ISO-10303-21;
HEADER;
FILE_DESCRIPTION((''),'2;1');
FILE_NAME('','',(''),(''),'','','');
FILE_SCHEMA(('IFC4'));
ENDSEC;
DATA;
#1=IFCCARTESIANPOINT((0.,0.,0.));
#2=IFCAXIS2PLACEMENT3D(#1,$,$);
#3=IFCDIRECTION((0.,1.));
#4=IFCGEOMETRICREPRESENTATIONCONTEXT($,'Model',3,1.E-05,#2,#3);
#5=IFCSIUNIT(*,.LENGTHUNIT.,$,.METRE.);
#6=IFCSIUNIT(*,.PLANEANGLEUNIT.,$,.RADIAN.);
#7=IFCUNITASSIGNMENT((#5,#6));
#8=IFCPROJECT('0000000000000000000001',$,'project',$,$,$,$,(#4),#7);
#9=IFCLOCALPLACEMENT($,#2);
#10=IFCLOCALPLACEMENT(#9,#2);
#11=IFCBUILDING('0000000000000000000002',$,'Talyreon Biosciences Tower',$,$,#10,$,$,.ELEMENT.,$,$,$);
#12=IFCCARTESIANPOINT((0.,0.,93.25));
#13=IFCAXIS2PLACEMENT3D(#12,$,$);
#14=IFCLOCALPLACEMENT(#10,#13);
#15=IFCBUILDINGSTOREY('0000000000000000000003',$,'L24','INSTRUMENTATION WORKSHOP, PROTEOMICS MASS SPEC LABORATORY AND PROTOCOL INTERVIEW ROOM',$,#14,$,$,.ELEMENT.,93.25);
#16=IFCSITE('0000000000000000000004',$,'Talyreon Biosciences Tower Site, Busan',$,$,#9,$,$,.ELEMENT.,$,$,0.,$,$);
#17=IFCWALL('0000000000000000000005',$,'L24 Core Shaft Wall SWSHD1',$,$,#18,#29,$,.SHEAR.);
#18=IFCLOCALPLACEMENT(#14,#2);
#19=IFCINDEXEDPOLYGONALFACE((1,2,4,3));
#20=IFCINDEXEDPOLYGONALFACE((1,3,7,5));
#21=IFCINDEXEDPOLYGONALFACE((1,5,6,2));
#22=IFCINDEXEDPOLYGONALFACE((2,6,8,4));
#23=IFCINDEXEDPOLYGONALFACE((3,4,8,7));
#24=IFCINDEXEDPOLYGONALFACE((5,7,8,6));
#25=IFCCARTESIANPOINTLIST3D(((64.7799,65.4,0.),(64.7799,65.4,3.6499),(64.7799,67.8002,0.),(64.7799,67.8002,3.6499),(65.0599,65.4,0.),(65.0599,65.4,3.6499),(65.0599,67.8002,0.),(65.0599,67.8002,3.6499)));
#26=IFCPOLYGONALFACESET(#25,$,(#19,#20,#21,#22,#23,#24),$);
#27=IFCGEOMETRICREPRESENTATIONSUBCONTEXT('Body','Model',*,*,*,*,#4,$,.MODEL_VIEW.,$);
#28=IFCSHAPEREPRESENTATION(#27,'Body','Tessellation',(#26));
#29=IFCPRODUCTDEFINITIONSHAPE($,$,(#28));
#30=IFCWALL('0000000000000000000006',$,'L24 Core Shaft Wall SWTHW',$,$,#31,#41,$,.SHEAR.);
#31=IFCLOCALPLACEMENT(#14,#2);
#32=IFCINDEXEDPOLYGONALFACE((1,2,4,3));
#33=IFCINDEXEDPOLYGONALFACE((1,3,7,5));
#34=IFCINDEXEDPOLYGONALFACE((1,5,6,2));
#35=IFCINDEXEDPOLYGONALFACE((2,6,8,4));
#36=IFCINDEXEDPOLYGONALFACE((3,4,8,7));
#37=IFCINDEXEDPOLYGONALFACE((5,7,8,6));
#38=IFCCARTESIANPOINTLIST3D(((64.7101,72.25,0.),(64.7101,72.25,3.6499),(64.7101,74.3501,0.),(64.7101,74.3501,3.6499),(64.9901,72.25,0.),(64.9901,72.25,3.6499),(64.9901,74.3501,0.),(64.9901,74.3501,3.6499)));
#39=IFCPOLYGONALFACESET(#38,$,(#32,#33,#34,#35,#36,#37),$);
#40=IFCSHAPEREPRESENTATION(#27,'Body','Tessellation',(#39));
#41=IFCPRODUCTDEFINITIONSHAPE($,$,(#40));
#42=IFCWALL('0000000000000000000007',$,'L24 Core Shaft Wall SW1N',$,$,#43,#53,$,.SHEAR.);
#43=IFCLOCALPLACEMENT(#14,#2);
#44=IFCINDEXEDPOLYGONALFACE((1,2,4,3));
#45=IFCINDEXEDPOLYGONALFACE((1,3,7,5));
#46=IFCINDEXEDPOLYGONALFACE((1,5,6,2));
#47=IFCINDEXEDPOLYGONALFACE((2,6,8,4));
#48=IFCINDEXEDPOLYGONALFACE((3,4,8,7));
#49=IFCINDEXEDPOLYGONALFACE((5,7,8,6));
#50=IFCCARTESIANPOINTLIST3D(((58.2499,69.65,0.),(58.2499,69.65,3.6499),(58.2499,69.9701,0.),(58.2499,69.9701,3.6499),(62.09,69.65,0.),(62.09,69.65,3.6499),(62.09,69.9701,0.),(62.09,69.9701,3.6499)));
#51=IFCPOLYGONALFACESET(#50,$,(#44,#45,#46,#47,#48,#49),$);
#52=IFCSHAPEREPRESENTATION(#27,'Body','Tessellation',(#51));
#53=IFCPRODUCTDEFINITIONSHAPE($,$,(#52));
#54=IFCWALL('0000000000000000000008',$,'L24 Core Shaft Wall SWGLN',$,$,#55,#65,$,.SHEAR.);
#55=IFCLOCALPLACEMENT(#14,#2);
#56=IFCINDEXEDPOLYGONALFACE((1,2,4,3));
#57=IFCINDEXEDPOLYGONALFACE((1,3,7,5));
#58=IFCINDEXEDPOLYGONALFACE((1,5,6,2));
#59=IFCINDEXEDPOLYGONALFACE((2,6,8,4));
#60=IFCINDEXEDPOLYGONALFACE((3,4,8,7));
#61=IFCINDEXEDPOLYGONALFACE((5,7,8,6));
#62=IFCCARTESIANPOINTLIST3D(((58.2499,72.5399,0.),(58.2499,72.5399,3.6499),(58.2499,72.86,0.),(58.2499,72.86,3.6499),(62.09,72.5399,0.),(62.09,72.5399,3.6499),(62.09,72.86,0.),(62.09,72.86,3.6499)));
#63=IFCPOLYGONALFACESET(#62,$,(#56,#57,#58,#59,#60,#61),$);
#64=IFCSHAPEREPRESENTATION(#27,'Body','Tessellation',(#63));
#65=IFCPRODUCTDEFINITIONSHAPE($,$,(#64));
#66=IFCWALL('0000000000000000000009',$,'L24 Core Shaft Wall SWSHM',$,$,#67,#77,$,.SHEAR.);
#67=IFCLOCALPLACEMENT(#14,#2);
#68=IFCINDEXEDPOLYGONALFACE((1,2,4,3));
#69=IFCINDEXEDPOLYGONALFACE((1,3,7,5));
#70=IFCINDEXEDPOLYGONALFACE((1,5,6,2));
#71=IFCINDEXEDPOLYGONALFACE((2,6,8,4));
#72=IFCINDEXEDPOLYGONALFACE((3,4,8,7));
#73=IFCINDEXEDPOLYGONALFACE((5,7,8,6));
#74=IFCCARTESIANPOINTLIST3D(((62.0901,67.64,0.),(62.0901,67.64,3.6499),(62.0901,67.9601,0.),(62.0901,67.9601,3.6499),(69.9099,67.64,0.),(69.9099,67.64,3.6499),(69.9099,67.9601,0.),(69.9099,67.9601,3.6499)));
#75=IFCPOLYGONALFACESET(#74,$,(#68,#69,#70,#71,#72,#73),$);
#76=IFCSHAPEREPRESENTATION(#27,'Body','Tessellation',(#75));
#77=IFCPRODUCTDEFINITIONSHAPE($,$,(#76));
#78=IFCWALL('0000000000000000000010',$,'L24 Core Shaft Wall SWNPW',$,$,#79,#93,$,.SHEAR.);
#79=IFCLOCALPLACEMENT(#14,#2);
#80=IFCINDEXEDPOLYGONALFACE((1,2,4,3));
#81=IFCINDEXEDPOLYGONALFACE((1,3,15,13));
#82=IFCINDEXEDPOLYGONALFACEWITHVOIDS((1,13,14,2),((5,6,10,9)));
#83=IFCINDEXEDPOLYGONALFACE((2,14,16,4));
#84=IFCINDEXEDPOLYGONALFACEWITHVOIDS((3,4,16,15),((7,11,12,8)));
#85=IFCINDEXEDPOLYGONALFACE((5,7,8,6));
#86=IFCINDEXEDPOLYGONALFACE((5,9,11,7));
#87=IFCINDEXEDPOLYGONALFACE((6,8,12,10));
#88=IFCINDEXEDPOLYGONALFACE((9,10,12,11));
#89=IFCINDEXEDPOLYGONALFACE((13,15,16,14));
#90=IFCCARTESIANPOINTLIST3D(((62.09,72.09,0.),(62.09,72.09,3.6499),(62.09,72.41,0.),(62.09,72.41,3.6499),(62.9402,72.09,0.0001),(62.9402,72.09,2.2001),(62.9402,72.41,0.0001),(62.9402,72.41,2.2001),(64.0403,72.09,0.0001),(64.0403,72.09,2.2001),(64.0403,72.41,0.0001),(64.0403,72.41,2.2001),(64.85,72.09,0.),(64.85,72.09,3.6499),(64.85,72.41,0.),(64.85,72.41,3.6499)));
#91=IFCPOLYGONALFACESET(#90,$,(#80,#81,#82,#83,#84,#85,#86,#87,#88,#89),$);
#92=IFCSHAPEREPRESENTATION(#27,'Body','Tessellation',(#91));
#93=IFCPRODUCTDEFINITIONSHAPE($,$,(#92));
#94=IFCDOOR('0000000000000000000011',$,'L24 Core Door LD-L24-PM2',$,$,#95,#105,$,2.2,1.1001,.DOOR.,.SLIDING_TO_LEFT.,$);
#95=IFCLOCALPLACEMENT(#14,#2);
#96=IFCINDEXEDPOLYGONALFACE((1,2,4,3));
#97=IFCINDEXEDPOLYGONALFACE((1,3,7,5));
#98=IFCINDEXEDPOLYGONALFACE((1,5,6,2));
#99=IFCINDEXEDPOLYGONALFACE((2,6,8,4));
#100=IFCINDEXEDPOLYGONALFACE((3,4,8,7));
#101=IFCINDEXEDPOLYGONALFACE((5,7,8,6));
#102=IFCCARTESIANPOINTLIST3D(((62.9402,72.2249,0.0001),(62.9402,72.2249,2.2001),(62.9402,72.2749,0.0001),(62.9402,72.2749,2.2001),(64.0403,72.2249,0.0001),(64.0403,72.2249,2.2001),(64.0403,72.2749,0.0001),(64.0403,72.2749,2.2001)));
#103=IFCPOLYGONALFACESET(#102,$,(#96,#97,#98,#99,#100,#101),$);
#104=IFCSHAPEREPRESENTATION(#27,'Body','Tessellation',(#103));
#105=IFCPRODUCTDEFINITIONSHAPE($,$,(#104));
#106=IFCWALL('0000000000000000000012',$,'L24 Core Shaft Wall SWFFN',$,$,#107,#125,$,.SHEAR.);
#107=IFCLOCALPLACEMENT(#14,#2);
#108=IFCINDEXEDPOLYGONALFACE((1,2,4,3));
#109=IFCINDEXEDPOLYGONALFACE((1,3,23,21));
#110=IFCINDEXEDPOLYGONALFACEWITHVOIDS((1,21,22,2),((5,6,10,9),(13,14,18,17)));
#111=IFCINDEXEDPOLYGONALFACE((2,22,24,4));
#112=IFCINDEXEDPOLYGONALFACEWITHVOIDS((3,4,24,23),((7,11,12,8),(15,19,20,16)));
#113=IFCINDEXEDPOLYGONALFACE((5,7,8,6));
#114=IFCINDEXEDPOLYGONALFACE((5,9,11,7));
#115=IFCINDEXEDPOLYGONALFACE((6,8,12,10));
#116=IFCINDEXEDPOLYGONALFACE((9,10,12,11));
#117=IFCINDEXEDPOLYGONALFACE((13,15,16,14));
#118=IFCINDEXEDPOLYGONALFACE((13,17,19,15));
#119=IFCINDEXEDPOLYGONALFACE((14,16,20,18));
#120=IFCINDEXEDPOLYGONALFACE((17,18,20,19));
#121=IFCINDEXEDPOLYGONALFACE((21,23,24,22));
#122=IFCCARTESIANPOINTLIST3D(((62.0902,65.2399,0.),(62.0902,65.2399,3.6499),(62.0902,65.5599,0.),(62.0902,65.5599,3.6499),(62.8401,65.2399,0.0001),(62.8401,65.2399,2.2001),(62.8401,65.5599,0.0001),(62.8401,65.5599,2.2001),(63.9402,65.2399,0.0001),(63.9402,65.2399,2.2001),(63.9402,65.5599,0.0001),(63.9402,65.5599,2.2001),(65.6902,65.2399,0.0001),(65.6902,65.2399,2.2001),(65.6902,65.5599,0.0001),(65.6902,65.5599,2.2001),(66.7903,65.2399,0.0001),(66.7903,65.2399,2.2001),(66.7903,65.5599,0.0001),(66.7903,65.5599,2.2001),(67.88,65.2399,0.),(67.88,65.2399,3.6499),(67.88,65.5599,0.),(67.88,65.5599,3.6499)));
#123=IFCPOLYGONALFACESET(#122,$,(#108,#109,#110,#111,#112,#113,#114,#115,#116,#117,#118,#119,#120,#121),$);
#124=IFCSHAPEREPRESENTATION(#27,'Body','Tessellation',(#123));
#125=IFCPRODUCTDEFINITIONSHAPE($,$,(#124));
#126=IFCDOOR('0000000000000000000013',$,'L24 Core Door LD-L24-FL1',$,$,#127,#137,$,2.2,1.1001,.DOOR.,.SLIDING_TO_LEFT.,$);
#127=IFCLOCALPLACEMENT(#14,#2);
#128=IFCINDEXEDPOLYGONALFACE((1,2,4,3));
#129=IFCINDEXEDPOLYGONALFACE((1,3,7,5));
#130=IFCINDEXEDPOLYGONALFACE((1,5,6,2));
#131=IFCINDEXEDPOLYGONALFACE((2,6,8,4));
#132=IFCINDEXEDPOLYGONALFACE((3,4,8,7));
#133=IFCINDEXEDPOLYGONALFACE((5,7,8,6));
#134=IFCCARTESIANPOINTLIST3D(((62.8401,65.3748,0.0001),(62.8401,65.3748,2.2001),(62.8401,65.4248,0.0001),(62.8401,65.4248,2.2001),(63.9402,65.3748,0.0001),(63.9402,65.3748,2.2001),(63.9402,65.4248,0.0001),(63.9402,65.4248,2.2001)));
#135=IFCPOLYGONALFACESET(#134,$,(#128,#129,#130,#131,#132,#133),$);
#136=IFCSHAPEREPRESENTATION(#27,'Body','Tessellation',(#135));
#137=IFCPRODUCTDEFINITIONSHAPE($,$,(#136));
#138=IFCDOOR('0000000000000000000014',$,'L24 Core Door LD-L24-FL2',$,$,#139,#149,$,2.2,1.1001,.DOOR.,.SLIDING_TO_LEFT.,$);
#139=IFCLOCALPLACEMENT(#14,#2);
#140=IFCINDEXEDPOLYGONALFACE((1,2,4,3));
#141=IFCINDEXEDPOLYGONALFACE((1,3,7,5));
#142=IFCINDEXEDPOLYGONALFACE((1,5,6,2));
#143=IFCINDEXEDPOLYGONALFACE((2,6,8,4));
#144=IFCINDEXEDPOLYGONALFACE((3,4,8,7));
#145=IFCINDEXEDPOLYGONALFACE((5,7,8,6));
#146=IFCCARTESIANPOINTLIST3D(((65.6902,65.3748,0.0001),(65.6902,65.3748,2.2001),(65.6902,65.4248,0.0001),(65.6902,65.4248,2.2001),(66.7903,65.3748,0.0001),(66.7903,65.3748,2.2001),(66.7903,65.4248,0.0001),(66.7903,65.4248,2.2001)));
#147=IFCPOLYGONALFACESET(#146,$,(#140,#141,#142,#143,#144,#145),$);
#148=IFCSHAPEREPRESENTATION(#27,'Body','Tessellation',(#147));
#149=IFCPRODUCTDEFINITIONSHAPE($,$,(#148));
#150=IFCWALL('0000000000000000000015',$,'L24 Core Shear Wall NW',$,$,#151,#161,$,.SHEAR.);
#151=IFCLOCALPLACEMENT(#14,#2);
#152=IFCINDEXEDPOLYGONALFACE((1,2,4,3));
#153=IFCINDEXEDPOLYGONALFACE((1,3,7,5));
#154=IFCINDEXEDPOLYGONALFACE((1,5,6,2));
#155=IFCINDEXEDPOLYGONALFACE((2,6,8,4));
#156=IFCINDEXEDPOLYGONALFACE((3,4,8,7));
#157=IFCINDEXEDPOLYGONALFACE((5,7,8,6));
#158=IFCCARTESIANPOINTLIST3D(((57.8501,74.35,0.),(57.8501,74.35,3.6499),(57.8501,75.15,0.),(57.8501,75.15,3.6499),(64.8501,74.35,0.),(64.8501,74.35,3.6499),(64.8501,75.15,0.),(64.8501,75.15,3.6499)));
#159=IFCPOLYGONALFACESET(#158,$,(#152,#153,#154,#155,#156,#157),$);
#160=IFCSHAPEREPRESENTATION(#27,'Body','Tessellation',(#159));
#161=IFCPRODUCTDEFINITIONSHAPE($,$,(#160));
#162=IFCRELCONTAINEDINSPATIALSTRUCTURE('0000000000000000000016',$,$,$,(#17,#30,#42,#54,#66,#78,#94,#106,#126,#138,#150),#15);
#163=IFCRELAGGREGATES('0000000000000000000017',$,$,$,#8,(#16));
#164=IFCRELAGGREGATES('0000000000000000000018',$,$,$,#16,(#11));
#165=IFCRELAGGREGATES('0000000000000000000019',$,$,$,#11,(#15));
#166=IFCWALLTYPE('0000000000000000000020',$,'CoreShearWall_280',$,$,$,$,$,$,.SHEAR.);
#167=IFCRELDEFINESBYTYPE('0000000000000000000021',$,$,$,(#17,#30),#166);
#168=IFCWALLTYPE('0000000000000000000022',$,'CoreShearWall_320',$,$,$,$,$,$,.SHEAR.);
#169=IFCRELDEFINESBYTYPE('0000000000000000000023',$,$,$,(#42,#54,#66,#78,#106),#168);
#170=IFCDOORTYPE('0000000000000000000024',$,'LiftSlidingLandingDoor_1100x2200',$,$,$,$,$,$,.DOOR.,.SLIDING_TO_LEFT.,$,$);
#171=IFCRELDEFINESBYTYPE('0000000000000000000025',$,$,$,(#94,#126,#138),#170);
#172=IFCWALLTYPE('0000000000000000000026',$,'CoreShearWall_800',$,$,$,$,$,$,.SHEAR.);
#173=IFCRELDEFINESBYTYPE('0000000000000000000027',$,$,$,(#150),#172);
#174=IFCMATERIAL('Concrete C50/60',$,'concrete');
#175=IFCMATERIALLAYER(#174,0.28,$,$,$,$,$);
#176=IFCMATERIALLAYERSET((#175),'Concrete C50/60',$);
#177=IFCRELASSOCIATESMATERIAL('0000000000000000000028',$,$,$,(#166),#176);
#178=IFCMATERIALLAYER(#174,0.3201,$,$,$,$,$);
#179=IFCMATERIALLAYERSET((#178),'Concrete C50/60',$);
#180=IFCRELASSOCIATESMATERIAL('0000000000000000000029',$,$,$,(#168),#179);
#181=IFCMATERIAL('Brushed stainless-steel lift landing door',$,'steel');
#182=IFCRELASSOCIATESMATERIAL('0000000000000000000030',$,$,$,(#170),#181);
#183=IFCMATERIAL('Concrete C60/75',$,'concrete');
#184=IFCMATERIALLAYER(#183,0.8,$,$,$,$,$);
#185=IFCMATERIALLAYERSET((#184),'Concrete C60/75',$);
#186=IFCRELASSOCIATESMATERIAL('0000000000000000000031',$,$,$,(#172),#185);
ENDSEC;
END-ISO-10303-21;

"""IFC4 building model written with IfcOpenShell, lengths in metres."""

from ifc_helpers import new_model, si_unit, direction, frame, frame_2d, origin, place, context, subcontext, project, spatial, rectangle, extrude, material, layer, layer_set, type_object, element, fill, save


model = new_model("IFC4")

# Units and contexts
model_context = context("Model", 3, precision=1e-05, world=origin(), true_north=direction((0.0, 1.0)))
body_context = subcontext(model_context, "Body", "Model", "MODEL_VIEW")
ifc_project = project(units=[si_unit("LENGTHUNIT", "METRE"), si_unit("PLANEANGLEUNIT", "RADIAN")], contexts=[model_context])

# Site, building, storey
site_placement = place(None, origin())
site = spatial("IfcSite", under=ifc_project, at=site_placement, Name="Talyreon Biosciences Tower Site, Busan", CompositionType="ELEMENT", RefElevation=0.0)
building_placement = place(site_placement, origin())
building = spatial("IfcBuilding", under=site, at=building_placement, Name="Talyreon Biosciences Tower", CompositionType="ELEMENT")
storey_placement = place(building_placement, frame((0.0, 0.0, 93.25)))
storey = spatial("IfcBuildingStorey", under=building, at=storey_placement, Name="L24", Description="INSTRUMENTATION WORKSHOP, PROTEOMICS MASS SPEC LABORATORY AND PROTOCOL INTERVIEW ROOM", CompositionType="ELEMENT", Elevation=93.25)

# Shared definitions
ifc_material_1 = material(Name="Concrete C60/75", Category="concrete")
ifc_material_2 = material(Name="Concrete C50/60", Category="concrete")

# Walls
ifc_layer_1 = layer(ifc_material_2, 0.28)
ifc_layer_set_1 = layer_set([ifc_layer_1], Name="Concrete C50/60")
wall_type_1 = type_object("IfcWallType", Name="CoreShearWall_280", PredefinedType="SHEAR", material=ifc_layer_set_1)
wall_1_placement = place(storey_placement, frame((64.9199, 65.3999, 0.0), z_axis=(0.0, 0.0, 1.0), x_axis=(0.0, 1.0, 0.0)))
element("IfcWall", 1, at=wall_1_placement, inside=storey, type_object=wall_type_1, Name="L24 Core Shaft Wall SWSHD1", PredefinedType="SHEAR", context=body_context, shape_type="SweptSolid", body=[
    extrude(rectangle(XDim=2.4001, YDim=0.28, at=frame_2d((1.2002, 0.0))), origin(), (0.0, 0.0, 1.0), 3.6499),
])
wall_2_placement = place(storey_placement, frame((64.8501, 72.25, 0.0), z_axis=(0.0, 0.0, 1.0), x_axis=(0.0, 1.0, 0.0)))
element("IfcWall", 2, at=wall_2_placement, inside=storey, type_object=wall_type_1, Name="L24 Core Shaft Wall SWTHW", PredefinedType="SHEAR", context=body_context, shape_type="SweptSolid", body=[
    extrude(rectangle(XDim=2.1001, YDim=0.28, at=frame_2d((1.05, 0.0))), origin(), (0.0, 0.0, 1.0), 3.6499),
])
ifc_layer_2 = layer(ifc_material_2, 0.3201)
ifc_layer_set_2 = layer_set([ifc_layer_2], Name="Concrete C50/60")
wall_type_2 = type_object("IfcWallType", Name="CoreShearWall_320", PredefinedType="SHEAR", material=ifc_layer_set_2)
for number, where, z_axis, x_axis, name in (
    (3, (58.25, 69.8101, 0.0), (0.0, 0.0, 1.0), (1.0, 0.0, 0.0), "L24 Core Shaft Wall SW1N"),
    (4, (58.25, 72.7, 0.0), (0.0, 0.0, 1.0), (1.0, 0.0, 0.0), "L24 Core Shaft Wall SWGLN"),
):
    element("IfcWall", number, at=place(storey_placement, frame(where, z_axis=z_axis, x_axis=x_axis)), inside=storey, type_object=wall_type_2, Name=name, PredefinedType="SHEAR", context=body_context, shape_type="SweptSolid", body=[
        extrude(rectangle(XDim=3.8401, YDim=0.3201, at=frame_2d((1.9199, 0.0))), origin(), (0.0, 0.0, 1.0), 3.6499),
    ])
wall_3_placement = place(storey_placement, frame((62.0901, 67.8, 0.0), z_axis=(0.0, 0.0, 1.0), x_axis=(1.0, 0.0, 0.0)))
element("IfcWall", 5, at=wall_3_placement, inside=storey, type_object=wall_type_2, Name="L24 Core Shaft Wall SWSHM", PredefinedType="SHEAR", context=body_context, shape_type="SweptSolid", body=[
    extrude(rectangle(XDim=7.8198, YDim=0.3201, at=frame_2d((3.9099, 0.0))), origin(), (0.0, 0.0, 1.0), 3.6499),
])

# Shared definitions
ifc_material_3 = material(Name="Brushed stainless-steel lift landing door", Category="steel")
door_type_1 = type_object("IfcDoorType", Name="LiftSlidingLandingDoor_1100x2200", OperationType="SLIDING_TO_LEFT", PredefinedType="DOOR", material=ifc_material_3)

# Wall, opening, door
wall_4_placement = place(storey_placement, frame((62.0901, 72.25, 0.0), z_axis=(0.0, 0.0, 1.0), x_axis=(1.0, 0.0, 0.0)))
wall_4 = element("IfcWall", 6, at=wall_4_placement, inside=storey, type_object=wall_type_2, Name="L24 Core Shaft Wall SWNPW", PredefinedType="SHEAR", context=body_context, shape_type="SweptSolid", body=[
    extrude(rectangle(XDim=2.76, YDim=0.3201, at=frame_2d((1.3799, 0.0))), origin(), (0.0, 0.0, 1.0), 3.6499),
])
opening_1_placement = place(wall_4_placement, frame((0.8501, 0.0, 0.0)))
opening_1 = element("IfcOpeningElement", 7, at=opening_1_placement, cuts=wall_4, PredefinedType="OPENING", context=body_context, shape_type="SweptSolid", body=[
    extrude(rectangle(XDim=1.1001, YDim=2.2, at=frame_2d((0.55, 1.1001))), frame((0.0, 0.1699, 0.0), z_axis=(0.0, -1.0, 0.0), x_axis=(1.0, 0.0, 0.0)), (0.0, 0.0, 1.0), 0.3401),
])
door_1_placement = place(opening_1_placement, origin())
door_1 = element("IfcDoor", 8, at=door_1_placement, inside=storey, type_object=door_type_1, Name="L24 Core Door LD-L24-PM2", OperationType="SLIDING_TO_LEFT", OverallHeight=2.2, OverallWidth=1.1001, PredefinedType="DOOR", context=body_context, shape_type="SweptSolid", body=[
    extrude(rectangle(XDim=1.1001, YDim=2.2, at=frame_2d((0.55, 1.1001))), frame((0.0, 0.0249, 0.0), z_axis=(0.0, -1.0, 0.0), x_axis=(1.0, 0.0, 0.0)), (0.0, 0.0, 1.0), 0.05),
])
fill(opening_1, door_1)

# Wall, openings, doors
wall_5_placement = place(storey_placement, frame((62.0901, 65.3999, 0.0), z_axis=(0.0, 0.0, 1.0), x_axis=(1.0, 0.0, 0.0)))
wall_5 = element("IfcWall", 9, at=wall_5_placement, inside=storey, type_object=wall_type_2, Name="L24 Core Shaft Wall SWFFN", PredefinedType="SHEAR", context=body_context, shape_type="SweptSolid", body=[
    extrude(rectangle(XDim=5.7898, YDim=0.3201, at=frame_2d((2.895, 0.0))), origin(), (0.0, 0.0, 1.0), 3.6499),
])
opening_2_placement = place(wall_5_placement, frame((0.75, 0.0, 0.0)))
opening_2 = element("IfcOpeningElement", 10, at=opening_2_placement, cuts=wall_5, PredefinedType="OPENING", context=body_context, shape_type="SweptSolid", body=[
    extrude(rectangle(XDim=1.1001, YDim=2.2, at=frame_2d((0.55, 1.1001))), frame((0.0, 0.1699, 0.0), z_axis=(0.0, -1.0, 0.0), x_axis=(1.0, 0.0, 0.0)), (0.0, 0.0, 1.0), 0.3401),
])
opening_3_placement = place(wall_5_placement, frame((3.6001, 0.0, 0.0)))
opening_3 = element("IfcOpeningElement", 11, at=opening_3_placement, cuts=wall_5, PredefinedType="OPENING", context=body_context, shape_type="SweptSolid", body=[
    extrude(rectangle(XDim=1.1001, YDim=2.2, at=frame_2d((0.55, 1.1001))), frame((0.0, 0.1699, 0.0), z_axis=(0.0, -1.0, 0.0), x_axis=(1.0, 0.0, 0.0)), (0.0, 0.0, 1.0), 0.3401),
])
door_2_placement = place(opening_2_placement, origin())
door_2 = element("IfcDoor", 12, at=door_2_placement, inside=storey, type_object=door_type_1, Name="L24 Core Door LD-L24-FL1", OperationType="SLIDING_TO_LEFT", OverallHeight=2.2, OverallWidth=1.1001, PredefinedType="DOOR", context=body_context, shape_type="SweptSolid", body=[
    extrude(rectangle(XDim=1.1001, YDim=2.2, at=frame_2d((0.55, 1.1001))), frame((0.0, 0.0249, 0.0), z_axis=(0.0, -1.0, 0.0), x_axis=(1.0, 0.0, 0.0)), (0.0, 0.0, 1.0), 0.05),
])
fill(opening_2, door_2)
door_3_placement = place(opening_3_placement, origin())
door_3 = element("IfcDoor", 13, at=door_3_placement, inside=storey, type_object=door_type_1, Name="L24 Core Door LD-L24-FL2", OperationType="SLIDING_TO_LEFT", OverallHeight=2.2, OverallWidth=1.1001, PredefinedType="DOOR", context=body_context, shape_type="SweptSolid", body=[
    extrude(rectangle(XDim=1.1001, YDim=2.2, at=frame_2d((0.55, 1.1001))), frame((0.0, 0.0249, 0.0), z_axis=(0.0, -1.0, 0.0), x_axis=(1.0, 0.0, 0.0)), (0.0, 0.0, 1.0), 0.05),
])
fill(opening_3, door_3)

# Wall
ifc_layer_3 = layer(ifc_material_1, 0.8)
ifc_layer_set_3 = layer_set([ifc_layer_3], Name="Concrete C60/75")
wall_type_3 = type_object("IfcWallType", Name="CoreShearWall_800", PredefinedType="SHEAR", material=ifc_layer_set_3)
wall_6_placement = place(storey_placement, frame((64.8501, 74.75, 0.0), z_axis=(0.0, 0.0, 1.0), x_axis=(-1.0, 0.0, 0.0)))
element("IfcWall", 14, at=wall_6_placement, inside=storey, type_object=wall_type_3, Name="L24 Core Shear Wall NW", PredefinedType="SHEAR", context=body_context, shape_type="SweptSolid", body=[
    extrude(rectangle(XDim=7.0, YDim=0.8, at=frame_2d((3.5, 0.0))), origin(), (0.0, 0.0, 1.0), 3.6499),
])

save(model, "model.ifc")
